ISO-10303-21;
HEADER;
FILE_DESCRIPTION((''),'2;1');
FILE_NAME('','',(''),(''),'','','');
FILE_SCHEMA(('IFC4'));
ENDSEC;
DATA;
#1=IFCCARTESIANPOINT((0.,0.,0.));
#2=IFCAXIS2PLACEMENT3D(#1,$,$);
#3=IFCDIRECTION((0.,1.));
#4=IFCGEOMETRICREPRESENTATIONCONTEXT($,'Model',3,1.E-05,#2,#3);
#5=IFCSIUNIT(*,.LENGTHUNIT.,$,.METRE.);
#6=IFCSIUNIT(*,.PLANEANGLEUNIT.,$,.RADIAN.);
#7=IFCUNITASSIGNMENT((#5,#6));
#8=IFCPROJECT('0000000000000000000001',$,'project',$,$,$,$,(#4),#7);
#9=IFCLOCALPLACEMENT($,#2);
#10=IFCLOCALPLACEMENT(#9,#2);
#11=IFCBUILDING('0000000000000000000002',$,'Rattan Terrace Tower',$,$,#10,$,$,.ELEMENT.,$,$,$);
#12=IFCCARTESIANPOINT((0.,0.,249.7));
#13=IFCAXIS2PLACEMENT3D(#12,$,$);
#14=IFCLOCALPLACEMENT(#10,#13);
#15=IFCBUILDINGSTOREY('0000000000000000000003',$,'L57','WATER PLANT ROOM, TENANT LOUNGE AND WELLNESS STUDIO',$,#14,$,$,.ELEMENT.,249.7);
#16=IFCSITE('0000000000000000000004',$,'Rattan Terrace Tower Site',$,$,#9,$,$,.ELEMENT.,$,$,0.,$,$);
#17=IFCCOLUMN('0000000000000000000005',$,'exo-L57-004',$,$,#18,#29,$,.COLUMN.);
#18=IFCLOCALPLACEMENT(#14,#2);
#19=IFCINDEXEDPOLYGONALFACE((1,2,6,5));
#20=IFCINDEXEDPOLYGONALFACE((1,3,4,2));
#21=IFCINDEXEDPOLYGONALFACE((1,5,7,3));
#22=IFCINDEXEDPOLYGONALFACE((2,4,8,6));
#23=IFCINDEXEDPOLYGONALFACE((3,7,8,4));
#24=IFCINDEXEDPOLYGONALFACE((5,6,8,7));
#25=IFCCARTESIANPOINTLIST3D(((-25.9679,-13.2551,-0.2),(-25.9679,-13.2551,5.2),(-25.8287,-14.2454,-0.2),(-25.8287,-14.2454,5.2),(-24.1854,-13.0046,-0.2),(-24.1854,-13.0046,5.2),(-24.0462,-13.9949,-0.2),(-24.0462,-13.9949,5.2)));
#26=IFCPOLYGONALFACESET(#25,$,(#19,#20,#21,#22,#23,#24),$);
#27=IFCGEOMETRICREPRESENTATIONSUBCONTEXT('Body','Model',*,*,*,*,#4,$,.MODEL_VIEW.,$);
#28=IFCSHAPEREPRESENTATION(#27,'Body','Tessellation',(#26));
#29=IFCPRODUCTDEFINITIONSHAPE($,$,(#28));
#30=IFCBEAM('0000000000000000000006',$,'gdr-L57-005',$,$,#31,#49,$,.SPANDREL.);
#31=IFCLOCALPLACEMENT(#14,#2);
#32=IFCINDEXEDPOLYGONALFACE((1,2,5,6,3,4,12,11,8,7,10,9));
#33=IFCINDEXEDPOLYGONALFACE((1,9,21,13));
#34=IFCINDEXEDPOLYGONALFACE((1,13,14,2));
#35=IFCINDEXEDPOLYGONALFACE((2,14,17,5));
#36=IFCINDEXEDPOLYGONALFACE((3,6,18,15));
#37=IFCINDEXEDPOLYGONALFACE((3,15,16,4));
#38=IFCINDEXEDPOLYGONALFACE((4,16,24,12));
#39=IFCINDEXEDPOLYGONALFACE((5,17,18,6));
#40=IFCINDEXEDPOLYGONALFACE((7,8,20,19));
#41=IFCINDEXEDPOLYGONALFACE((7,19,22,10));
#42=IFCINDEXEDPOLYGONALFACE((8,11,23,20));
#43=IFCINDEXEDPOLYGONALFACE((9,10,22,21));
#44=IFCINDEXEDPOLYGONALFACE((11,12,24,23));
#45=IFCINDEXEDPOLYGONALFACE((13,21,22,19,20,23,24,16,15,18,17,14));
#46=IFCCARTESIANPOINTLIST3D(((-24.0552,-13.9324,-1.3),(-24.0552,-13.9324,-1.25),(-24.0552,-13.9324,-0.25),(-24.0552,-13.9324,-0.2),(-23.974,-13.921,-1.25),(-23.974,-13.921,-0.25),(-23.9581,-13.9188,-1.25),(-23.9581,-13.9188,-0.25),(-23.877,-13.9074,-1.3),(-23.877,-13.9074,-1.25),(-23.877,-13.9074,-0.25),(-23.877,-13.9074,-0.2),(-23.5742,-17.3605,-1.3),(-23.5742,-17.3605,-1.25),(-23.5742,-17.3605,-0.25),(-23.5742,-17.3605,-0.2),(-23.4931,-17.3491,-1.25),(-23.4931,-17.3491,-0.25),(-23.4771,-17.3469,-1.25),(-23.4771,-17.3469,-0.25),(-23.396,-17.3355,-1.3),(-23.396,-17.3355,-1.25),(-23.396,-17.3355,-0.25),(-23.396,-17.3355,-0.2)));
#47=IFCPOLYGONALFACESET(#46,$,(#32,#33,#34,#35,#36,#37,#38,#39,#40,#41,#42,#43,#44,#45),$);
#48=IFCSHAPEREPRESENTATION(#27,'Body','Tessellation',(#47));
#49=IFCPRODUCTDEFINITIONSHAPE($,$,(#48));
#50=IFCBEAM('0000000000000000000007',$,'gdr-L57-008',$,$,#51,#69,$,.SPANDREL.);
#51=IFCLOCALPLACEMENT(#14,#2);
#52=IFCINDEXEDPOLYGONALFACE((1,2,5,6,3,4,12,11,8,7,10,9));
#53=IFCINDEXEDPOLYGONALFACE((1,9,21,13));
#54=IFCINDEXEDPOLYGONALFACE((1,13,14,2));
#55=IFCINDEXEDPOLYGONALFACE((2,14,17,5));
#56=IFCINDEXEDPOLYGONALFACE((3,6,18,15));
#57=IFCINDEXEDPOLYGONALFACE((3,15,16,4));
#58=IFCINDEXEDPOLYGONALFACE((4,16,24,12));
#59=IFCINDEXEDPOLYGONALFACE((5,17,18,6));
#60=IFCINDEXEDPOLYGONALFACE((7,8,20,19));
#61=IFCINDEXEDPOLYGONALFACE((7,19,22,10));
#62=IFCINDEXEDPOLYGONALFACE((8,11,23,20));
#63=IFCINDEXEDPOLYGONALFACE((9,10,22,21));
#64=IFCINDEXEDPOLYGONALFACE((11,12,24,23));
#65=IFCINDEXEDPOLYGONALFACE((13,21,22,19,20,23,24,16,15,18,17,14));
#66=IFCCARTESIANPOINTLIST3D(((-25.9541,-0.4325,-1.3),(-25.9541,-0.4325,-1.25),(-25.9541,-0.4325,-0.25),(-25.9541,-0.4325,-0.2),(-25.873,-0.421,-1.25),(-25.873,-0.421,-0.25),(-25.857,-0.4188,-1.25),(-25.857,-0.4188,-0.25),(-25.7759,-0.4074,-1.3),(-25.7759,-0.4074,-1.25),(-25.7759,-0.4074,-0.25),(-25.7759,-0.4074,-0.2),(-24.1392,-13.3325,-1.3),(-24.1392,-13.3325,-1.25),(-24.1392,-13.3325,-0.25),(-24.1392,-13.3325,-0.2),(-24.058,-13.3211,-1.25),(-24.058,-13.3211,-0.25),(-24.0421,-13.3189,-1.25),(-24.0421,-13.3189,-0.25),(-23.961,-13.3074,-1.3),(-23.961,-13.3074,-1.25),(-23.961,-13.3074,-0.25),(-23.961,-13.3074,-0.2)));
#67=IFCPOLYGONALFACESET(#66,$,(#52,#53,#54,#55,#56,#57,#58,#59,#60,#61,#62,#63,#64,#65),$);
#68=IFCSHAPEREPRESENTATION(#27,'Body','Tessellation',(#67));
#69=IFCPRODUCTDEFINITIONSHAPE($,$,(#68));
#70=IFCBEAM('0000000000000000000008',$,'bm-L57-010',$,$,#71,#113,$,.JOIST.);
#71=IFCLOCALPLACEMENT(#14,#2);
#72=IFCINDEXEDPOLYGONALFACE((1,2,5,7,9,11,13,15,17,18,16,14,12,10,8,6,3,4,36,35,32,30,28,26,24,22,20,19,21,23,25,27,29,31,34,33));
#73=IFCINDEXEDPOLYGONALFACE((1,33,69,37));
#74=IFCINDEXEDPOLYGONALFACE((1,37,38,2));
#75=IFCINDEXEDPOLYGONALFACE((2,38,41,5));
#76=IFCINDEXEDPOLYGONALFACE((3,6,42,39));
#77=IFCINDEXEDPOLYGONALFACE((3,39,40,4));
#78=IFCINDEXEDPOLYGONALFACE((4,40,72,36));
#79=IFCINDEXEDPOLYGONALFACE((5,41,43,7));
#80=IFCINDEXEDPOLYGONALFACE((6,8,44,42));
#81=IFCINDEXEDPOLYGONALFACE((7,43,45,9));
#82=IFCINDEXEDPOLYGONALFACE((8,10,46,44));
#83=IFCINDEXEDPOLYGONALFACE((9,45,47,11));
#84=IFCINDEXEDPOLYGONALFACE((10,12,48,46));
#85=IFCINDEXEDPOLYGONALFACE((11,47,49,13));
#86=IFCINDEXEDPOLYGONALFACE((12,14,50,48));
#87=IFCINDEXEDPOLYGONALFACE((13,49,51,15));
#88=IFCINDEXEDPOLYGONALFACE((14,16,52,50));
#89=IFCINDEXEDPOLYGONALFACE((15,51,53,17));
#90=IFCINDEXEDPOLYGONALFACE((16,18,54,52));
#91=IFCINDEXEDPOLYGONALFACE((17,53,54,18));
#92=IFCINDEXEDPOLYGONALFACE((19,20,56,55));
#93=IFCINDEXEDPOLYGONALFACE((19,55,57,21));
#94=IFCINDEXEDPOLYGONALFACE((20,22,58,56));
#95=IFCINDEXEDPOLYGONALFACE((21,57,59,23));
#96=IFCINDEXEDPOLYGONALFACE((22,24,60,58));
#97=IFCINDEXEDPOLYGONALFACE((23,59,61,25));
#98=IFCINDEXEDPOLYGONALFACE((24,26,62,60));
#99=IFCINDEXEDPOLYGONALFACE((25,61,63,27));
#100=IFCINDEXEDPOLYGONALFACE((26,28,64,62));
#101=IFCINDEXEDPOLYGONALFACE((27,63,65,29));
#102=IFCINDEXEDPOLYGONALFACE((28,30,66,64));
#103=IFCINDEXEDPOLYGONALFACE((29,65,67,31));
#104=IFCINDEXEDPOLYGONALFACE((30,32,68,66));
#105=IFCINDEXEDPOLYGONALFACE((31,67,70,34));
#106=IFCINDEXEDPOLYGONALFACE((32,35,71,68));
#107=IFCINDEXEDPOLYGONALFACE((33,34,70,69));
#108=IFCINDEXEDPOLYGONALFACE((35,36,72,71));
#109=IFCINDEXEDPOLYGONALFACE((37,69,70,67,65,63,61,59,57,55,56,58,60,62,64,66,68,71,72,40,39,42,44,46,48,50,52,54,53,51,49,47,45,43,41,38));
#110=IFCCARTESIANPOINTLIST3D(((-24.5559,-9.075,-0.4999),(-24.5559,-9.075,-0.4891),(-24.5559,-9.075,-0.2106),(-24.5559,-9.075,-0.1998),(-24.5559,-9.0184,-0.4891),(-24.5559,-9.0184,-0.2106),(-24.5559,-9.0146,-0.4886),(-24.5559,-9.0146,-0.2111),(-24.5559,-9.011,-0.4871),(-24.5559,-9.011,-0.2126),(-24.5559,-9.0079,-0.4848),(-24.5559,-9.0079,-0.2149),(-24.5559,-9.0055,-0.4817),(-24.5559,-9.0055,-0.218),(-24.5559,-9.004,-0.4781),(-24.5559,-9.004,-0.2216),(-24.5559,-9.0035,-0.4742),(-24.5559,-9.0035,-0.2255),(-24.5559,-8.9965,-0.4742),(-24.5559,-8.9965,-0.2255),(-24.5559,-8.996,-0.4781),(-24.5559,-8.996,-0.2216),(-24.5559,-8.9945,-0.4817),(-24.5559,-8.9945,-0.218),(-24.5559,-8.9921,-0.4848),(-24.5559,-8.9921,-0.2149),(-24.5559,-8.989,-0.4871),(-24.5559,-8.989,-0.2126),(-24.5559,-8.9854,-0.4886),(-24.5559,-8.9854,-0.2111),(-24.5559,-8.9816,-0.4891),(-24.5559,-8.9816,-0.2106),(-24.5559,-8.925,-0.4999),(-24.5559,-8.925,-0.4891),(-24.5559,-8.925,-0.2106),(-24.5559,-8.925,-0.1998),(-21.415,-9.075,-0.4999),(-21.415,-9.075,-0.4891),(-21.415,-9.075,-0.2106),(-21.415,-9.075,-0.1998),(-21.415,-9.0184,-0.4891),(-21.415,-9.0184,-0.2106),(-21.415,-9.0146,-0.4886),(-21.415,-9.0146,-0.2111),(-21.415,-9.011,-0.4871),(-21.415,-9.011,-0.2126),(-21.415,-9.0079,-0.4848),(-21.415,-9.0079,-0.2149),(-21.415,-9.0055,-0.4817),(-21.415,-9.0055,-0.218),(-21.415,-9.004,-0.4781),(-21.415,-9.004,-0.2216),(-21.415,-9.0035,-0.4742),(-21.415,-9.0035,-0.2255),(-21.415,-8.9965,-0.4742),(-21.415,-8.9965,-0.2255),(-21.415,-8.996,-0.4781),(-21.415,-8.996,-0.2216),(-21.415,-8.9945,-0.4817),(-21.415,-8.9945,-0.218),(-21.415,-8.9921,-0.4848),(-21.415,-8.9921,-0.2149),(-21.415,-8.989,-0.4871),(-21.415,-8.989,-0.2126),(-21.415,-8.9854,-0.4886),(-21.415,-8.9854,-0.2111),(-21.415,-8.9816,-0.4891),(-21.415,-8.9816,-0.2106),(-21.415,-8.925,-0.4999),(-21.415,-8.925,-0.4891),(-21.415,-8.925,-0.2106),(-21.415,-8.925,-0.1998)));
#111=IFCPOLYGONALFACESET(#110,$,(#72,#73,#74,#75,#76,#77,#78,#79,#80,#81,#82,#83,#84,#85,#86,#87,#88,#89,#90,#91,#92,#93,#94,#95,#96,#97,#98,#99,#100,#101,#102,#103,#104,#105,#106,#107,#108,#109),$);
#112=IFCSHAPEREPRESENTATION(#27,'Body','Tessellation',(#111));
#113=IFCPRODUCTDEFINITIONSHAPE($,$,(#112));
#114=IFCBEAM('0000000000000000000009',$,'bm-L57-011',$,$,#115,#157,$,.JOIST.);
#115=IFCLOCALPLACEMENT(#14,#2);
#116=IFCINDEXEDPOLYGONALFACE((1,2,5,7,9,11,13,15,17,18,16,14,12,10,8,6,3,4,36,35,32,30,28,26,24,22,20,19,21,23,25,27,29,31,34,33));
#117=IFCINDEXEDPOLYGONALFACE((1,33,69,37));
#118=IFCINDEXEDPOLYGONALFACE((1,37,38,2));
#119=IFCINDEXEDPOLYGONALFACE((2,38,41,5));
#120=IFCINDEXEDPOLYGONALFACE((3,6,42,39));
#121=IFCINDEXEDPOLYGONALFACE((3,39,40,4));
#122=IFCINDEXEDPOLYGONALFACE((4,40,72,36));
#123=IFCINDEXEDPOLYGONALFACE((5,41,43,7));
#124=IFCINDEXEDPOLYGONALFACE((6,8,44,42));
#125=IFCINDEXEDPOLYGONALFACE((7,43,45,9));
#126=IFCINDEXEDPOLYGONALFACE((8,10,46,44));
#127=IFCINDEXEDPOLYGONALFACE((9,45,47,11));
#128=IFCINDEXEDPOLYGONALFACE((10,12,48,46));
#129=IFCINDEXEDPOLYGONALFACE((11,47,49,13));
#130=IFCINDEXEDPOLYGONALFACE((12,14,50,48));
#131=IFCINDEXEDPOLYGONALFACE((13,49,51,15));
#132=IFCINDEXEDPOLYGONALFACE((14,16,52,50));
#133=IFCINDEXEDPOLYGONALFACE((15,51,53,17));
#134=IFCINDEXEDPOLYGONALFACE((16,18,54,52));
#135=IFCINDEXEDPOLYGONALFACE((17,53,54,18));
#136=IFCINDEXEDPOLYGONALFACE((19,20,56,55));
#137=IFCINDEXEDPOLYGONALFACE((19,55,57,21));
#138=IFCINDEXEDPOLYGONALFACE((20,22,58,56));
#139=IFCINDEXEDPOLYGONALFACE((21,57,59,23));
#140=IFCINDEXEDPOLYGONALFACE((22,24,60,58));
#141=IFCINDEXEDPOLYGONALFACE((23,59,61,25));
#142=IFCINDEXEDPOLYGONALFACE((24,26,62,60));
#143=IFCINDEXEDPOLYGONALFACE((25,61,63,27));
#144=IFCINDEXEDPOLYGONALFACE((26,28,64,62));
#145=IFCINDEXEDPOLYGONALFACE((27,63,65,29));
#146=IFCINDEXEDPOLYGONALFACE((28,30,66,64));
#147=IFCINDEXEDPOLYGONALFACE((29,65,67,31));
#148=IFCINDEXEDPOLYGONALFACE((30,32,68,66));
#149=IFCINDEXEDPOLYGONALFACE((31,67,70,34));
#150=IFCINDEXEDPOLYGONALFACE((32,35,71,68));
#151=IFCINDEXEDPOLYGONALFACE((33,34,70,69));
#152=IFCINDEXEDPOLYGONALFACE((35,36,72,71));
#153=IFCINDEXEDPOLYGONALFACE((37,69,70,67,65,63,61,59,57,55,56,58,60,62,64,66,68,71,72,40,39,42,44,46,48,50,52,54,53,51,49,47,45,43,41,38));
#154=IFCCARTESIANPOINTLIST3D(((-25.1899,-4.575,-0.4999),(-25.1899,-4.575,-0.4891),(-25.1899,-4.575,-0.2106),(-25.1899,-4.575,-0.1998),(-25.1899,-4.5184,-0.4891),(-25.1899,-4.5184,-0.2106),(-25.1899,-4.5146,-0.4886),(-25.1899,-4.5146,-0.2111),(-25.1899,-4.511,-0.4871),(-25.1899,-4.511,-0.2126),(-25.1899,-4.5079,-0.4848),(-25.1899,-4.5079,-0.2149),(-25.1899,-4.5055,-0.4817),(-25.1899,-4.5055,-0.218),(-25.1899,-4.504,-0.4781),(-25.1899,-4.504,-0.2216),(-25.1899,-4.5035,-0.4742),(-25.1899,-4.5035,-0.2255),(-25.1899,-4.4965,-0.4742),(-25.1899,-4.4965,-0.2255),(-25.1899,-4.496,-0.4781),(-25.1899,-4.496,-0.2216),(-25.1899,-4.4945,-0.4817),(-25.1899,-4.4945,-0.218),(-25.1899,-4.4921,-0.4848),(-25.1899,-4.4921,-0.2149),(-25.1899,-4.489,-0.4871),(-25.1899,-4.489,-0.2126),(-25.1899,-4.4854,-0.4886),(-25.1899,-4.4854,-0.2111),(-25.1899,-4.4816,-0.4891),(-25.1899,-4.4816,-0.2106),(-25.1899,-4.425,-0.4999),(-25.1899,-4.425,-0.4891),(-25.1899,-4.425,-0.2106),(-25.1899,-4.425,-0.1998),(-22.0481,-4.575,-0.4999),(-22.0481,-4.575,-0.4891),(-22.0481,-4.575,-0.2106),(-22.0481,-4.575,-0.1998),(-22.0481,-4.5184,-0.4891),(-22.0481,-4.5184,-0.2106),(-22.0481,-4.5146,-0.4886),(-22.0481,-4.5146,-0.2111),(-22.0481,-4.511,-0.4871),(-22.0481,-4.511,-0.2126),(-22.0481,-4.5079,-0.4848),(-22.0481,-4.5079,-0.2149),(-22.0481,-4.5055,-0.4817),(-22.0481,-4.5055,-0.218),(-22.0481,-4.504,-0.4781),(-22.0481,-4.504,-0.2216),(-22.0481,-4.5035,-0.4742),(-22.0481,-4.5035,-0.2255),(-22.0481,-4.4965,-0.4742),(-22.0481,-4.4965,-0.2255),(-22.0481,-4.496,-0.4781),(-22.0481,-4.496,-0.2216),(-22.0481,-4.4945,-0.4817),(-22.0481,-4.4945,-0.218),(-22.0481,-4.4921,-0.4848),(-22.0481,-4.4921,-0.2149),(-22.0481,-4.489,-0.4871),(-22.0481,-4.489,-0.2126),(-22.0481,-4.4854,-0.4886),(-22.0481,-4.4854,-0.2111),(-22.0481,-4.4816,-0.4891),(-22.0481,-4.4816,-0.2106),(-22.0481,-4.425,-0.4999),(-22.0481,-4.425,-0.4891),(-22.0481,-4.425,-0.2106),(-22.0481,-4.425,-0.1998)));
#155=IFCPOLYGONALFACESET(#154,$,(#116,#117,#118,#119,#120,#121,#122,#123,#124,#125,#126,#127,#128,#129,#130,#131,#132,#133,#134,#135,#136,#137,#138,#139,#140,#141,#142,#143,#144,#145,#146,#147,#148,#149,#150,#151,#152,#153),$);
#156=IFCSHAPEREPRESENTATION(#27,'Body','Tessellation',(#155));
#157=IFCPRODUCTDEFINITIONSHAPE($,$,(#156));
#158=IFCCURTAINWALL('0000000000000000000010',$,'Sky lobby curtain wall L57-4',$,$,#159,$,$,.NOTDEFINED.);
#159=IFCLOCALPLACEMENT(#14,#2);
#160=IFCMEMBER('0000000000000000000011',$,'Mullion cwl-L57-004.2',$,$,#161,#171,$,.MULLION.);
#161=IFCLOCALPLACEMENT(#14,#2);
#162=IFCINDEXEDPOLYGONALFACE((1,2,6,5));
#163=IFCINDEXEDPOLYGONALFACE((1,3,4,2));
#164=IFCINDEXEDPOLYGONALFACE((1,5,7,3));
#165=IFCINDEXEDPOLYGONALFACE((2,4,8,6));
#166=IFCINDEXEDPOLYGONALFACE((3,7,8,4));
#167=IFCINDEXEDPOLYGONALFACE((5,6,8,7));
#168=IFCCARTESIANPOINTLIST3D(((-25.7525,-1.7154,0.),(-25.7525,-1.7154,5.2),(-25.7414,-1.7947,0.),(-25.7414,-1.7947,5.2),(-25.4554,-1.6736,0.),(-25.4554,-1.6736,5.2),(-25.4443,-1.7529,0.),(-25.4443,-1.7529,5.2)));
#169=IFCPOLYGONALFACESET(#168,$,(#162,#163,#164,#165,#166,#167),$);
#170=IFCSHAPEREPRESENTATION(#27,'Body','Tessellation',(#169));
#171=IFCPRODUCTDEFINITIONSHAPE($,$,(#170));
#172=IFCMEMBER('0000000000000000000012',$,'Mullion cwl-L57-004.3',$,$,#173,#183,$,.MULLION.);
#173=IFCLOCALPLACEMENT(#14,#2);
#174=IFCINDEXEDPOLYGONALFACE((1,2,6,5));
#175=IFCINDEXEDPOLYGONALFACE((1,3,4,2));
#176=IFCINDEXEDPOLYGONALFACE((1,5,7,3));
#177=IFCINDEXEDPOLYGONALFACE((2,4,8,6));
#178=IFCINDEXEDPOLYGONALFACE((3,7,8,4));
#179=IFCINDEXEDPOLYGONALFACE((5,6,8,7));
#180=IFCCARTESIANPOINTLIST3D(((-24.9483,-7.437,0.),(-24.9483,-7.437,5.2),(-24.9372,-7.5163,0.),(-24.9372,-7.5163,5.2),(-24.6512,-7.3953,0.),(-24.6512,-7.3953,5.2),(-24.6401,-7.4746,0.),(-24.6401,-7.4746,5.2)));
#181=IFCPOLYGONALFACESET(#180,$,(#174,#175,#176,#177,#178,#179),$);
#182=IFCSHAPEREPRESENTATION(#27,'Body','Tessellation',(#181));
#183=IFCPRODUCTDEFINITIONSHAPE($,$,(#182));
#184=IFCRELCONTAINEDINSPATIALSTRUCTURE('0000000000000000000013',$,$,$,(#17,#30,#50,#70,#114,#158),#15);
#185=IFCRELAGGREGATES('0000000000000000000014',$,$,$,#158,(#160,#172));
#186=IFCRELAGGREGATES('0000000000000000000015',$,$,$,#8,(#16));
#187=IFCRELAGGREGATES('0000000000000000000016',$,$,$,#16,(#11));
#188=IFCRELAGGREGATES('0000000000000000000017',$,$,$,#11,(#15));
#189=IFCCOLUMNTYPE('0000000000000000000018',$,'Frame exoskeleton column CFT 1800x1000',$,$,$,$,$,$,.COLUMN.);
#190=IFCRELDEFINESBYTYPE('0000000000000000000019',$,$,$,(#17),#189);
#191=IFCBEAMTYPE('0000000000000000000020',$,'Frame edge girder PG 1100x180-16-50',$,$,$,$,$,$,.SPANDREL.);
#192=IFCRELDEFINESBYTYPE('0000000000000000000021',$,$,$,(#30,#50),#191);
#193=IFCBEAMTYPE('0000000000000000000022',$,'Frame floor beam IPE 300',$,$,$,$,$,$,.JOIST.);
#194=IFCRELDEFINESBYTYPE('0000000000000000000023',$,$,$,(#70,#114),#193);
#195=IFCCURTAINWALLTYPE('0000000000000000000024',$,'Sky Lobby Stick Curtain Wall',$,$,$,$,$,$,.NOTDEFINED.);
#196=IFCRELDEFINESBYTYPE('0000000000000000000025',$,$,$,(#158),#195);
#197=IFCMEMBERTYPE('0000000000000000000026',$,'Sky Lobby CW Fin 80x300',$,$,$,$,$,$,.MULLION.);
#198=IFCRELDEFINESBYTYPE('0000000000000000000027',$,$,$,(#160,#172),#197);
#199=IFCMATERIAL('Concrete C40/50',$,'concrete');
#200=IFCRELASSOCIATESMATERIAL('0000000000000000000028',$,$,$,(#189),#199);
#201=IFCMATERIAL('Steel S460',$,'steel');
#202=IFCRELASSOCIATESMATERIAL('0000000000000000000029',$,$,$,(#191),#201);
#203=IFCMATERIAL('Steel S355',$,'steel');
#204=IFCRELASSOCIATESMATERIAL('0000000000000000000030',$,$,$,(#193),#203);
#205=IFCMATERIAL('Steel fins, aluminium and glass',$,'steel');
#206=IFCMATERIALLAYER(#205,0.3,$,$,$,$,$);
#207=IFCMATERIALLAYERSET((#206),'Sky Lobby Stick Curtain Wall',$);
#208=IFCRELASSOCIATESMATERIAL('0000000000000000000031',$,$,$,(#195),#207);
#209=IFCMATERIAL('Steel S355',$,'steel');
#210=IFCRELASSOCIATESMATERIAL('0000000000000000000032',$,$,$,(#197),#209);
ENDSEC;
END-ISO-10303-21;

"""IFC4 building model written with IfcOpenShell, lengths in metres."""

from ifc_helpers import new_model, si_unit, direction, frame, origin, origin_2d, place, context, subcontext, project, spatial, rectangle, i_section, extrude, material, layer, layer_set, material_profile, profile_set, type_object, element, aggregate, save


model = new_model("IFC4")

# Units and contexts
model_context = context("Model", 3, precision=1e-05, world=origin(), true_north=direction((0.0, 1.0)))
body_context = subcontext(model_context, "Body", "Model", "MODEL_VIEW")
ifc_project = project(units=[si_unit("LENGTHUNIT", "METRE"), si_unit("PLANEANGLEUNIT", "RADIAN")], contexts=[model_context])

# Site, building, storey
site_placement = place(None, origin())
site = spatial("IfcSite", under=ifc_project, at=site_placement, Name="Rattan Terrace Tower Site", CompositionType="ELEMENT", RefElevation=0.0)
building_placement = place(site_placement, origin())
building = spatial("IfcBuilding", under=site, at=building_placement, Name="Rattan Terrace Tower", CompositionType="ELEMENT")
storey_placement = place(building_placement, frame((0.0, 0.0, 249.7)))
storey = spatial("IfcBuildingStorey", under=building, at=storey_placement, Name="L57", Description="WATER PLANT ROOM, TENANT LOUNGE AND WELLNESS STUDIO", CompositionType="ELEMENT", Elevation=249.7)

# Column
ifc_material_1 = material(Name="Concrete C40/50", Category="concrete")
ifc_material_profile_1 = material_profile(ifc_material_1, rectangle(XDim=1.0, YDim=1.8, at=origin_2d()), Name="CFT 1800x1000")
ifc_profile_set_1 = profile_set([ifc_material_profile_1], Name="Concrete C40/50")
column_type = type_object("IfcColumnType", Name="Frame exoskeleton column CFT 1800x1000", PredefinedType="COLUMN", material=ifc_profile_set_1)
column_placement = place(storey_placement, frame((-25.0071, -13.625, -0.2), z_axis=(0.0, 0.0, 1.0), x_axis=(-0.13919, 0.990266, 0.0)))
element("IfcColumn", 1, at=column_placement, inside=storey, type_object=column_type, Name="exo-L57-004", PredefinedType="COLUMN", context=body_context, shape_type="SweptSolid", body=[
    extrude(rectangle(XDim=1.0, YDim=1.8, at=origin_2d()), origin(), (0.0, 0.0, 1.0), 5.3999),
])

# Beams
ifc_material_2 = material(Name="Steel S460", Category="steel")
ifc_material_profile_2 = material_profile(ifc_material_2, i_section(OverallWidth=0.1799, OverallDepth=1.1001, WebThickness=0.0161, FlangeThickness=0.05, at=origin_2d()), Name="PG 1100x180-16-50")
ifc_profile_set_2 = profile_set([ifc_material_profile_2], Name="Steel S460")
beam_type_1 = type_object("IfcBeamType", Name="Frame edge girder PG 1100x180-16-50", PredefinedType="SPANDREL", material=ifc_profile_set_2)
beam_1_placement = place(storey_placement, frame((-23.9661, -13.9199, -0.75), z_axis=(0.138943, -0.9903, 0.0), x_axis=(0.9903, 0.138943, 0.0)))
element("IfcBeam", 2, at=beam_1_placement, inside=storey, type_object=beam_type_1, Name="gdr-L57-005", PredefinedType="SPANDREL", context=body_context, shape_type="SweptSolid", body=[
    extrude(i_section(OverallWidth=0.1799, OverallDepth=1.1001, WebThickness=0.0161, FlangeThickness=0.05, at=origin_2d()), origin(), (0.0, 0.0, 1.0), 3.4617),
])
beam_2_placement = place(storey_placement, frame((-25.865, -0.4199, -0.75), z_axis=(0.139319, -0.990247, 0.0), x_axis=(0.990247, 0.139319, 0.0)))
element("IfcBeam", 3, at=beam_2_placement, inside=storey, type_object=beam_type_1, Name="gdr-L57-008", PredefinedType="SPANDREL", context=body_context, shape_type="SweptSolid", body=[
    extrude(i_section(OverallWidth=0.1799, OverallDepth=1.1001, WebThickness=0.0161, FlangeThickness=0.05, at=origin_2d()), origin(), (0.0, 0.0, 1.0), 13.0271),
])
ifc_material_3 = material(Name="Steel S355", Category="steel")
ifc_material_profile_3 = material_profile(ifc_material_3, i_section(OverallWidth=0.1499, OverallDepth=0.3, WebThickness=0.0071, FlangeThickness=0.0107, FilletRadius=0.0149, at=origin_2d()), Name="IPE 300")
ifc_profile_set_3 = profile_set([ifc_material_profile_3], Name="Steel S355")
beam_type_2 = type_object("IfcBeamType", Name="Frame floor beam IPE 300", PredefinedType="JOIST", material=ifc_profile_set_3)
beam_3_placement = place(storey_placement, frame((-24.5559, -9.0, -0.3499), z_axis=(1.0, 0.0, 0.0), x_axis=(0.0, 1.0, 0.0)))
element("IfcBeam", 4, at=beam_3_placement, inside=storey, type_object=beam_type_2, Name="bm-L57-010", PredefinedType="JOIST", context=body_context, shape_type="SweptSolid", body=[
    extrude(i_section(OverallWidth=0.1499, OverallDepth=0.3, WebThickness=0.0071, FlangeThickness=0.0107, FilletRadius=0.0149, at=origin_2d()), origin(), (0.0, 0.0, 1.0), 3.1409),
])
beam_4_placement = place(storey_placement, frame((-25.1899, -4.5, -0.3499), z_axis=(1.0, 0.0, 0.0), x_axis=(0.0, 1.0, 0.0)))
element("IfcBeam", 5, at=beam_4_placement, inside=storey, type_object=beam_type_2, Name="bm-L57-011", PredefinedType="JOIST", context=body_context, shape_type="SweptSolid", body=[
    extrude(i_section(OverallWidth=0.1499, OverallDepth=0.3, WebThickness=0.0071, FlangeThickness=0.0107, FilletRadius=0.0149, at=origin_2d()), origin(), (0.0, 0.0, 1.0), 3.1418),
])

# Curtain wall, members
ifc_material_4 = material(Name="Steel fins, aluminium and glass", Category="steel")
ifc_layer_1 = layer(ifc_material_4, 0.3)
ifc_layer_set_1 = layer_set([ifc_layer_1], Name="Sky Lobby Stick Curtain Wall")
curtain_wall_type = type_object("IfcCurtainWallType", Name="Sky Lobby Stick Curtain Wall", PredefinedType="NOTDEFINED", material=ifc_layer_set_1)
curtain_wall_placement = place(storey_placement, origin())
curtain_wall = element("IfcCurtainWall", 6, at=curtain_wall_placement, inside=storey, type_object=curtain_wall_type, Name="Sky lobby curtain wall L57-4", PredefinedType="NOTDEFINED")
ifc_material_5 = material(Name="Steel S355", Category="steel")
ifc_material_profile_4 = material_profile(ifc_material_5, rectangle(XDim=0.0801, YDim=0.3, at=origin_2d()), Name="Steel S355 80x300")
ifc_profile_set_4 = profile_set([ifc_material_profile_4], Name="Steel S355")
member_type_1 = type_object("IfcMemberType", Name="Sky Lobby CW Fin 80x300", PredefinedType="MULLION", material=ifc_profile_set_4)
member_1_placement = place(storey_placement, frame((-25.5984, -1.7341, 0.0), z_axis=(0.0, 0.0, 1.0), x_axis=(0.139192, -0.990265, 0.0)))
member_1 = element("IfcMember", 7, at=member_1_placement, type_object=member_type_1, Name="Mullion cwl-L57-004.2", PredefinedType="MULLION", context=body_context, shape_type="SweptSolid", body=[
    extrude(rectangle(XDim=0.0801, YDim=0.3, at=origin_2d()), origin(), (0.0, 0.0, 1.0), 5.2),
])
member_2_placement = place(storey_placement, frame((-24.7942, -7.4558, 0.0), z_axis=(0.0, 0.0, 1.0), x_axis=(0.139192, -0.990265, 0.0)))
member_2 = element("IfcMember", 8, at=member_2_placement, type_object=member_type_1, Name="Mullion cwl-L57-004.3", PredefinedType="MULLION", context=body_context, shape_type="SweptSolid", body=[
    extrude(rectangle(XDim=0.0801, YDim=0.3, at=origin_2d()), origin(), (0.0, 0.0, 1.0), 5.2),
])
aggregate(curtain_wall, [member_1, member_2])

save(model, "model.ifc")
